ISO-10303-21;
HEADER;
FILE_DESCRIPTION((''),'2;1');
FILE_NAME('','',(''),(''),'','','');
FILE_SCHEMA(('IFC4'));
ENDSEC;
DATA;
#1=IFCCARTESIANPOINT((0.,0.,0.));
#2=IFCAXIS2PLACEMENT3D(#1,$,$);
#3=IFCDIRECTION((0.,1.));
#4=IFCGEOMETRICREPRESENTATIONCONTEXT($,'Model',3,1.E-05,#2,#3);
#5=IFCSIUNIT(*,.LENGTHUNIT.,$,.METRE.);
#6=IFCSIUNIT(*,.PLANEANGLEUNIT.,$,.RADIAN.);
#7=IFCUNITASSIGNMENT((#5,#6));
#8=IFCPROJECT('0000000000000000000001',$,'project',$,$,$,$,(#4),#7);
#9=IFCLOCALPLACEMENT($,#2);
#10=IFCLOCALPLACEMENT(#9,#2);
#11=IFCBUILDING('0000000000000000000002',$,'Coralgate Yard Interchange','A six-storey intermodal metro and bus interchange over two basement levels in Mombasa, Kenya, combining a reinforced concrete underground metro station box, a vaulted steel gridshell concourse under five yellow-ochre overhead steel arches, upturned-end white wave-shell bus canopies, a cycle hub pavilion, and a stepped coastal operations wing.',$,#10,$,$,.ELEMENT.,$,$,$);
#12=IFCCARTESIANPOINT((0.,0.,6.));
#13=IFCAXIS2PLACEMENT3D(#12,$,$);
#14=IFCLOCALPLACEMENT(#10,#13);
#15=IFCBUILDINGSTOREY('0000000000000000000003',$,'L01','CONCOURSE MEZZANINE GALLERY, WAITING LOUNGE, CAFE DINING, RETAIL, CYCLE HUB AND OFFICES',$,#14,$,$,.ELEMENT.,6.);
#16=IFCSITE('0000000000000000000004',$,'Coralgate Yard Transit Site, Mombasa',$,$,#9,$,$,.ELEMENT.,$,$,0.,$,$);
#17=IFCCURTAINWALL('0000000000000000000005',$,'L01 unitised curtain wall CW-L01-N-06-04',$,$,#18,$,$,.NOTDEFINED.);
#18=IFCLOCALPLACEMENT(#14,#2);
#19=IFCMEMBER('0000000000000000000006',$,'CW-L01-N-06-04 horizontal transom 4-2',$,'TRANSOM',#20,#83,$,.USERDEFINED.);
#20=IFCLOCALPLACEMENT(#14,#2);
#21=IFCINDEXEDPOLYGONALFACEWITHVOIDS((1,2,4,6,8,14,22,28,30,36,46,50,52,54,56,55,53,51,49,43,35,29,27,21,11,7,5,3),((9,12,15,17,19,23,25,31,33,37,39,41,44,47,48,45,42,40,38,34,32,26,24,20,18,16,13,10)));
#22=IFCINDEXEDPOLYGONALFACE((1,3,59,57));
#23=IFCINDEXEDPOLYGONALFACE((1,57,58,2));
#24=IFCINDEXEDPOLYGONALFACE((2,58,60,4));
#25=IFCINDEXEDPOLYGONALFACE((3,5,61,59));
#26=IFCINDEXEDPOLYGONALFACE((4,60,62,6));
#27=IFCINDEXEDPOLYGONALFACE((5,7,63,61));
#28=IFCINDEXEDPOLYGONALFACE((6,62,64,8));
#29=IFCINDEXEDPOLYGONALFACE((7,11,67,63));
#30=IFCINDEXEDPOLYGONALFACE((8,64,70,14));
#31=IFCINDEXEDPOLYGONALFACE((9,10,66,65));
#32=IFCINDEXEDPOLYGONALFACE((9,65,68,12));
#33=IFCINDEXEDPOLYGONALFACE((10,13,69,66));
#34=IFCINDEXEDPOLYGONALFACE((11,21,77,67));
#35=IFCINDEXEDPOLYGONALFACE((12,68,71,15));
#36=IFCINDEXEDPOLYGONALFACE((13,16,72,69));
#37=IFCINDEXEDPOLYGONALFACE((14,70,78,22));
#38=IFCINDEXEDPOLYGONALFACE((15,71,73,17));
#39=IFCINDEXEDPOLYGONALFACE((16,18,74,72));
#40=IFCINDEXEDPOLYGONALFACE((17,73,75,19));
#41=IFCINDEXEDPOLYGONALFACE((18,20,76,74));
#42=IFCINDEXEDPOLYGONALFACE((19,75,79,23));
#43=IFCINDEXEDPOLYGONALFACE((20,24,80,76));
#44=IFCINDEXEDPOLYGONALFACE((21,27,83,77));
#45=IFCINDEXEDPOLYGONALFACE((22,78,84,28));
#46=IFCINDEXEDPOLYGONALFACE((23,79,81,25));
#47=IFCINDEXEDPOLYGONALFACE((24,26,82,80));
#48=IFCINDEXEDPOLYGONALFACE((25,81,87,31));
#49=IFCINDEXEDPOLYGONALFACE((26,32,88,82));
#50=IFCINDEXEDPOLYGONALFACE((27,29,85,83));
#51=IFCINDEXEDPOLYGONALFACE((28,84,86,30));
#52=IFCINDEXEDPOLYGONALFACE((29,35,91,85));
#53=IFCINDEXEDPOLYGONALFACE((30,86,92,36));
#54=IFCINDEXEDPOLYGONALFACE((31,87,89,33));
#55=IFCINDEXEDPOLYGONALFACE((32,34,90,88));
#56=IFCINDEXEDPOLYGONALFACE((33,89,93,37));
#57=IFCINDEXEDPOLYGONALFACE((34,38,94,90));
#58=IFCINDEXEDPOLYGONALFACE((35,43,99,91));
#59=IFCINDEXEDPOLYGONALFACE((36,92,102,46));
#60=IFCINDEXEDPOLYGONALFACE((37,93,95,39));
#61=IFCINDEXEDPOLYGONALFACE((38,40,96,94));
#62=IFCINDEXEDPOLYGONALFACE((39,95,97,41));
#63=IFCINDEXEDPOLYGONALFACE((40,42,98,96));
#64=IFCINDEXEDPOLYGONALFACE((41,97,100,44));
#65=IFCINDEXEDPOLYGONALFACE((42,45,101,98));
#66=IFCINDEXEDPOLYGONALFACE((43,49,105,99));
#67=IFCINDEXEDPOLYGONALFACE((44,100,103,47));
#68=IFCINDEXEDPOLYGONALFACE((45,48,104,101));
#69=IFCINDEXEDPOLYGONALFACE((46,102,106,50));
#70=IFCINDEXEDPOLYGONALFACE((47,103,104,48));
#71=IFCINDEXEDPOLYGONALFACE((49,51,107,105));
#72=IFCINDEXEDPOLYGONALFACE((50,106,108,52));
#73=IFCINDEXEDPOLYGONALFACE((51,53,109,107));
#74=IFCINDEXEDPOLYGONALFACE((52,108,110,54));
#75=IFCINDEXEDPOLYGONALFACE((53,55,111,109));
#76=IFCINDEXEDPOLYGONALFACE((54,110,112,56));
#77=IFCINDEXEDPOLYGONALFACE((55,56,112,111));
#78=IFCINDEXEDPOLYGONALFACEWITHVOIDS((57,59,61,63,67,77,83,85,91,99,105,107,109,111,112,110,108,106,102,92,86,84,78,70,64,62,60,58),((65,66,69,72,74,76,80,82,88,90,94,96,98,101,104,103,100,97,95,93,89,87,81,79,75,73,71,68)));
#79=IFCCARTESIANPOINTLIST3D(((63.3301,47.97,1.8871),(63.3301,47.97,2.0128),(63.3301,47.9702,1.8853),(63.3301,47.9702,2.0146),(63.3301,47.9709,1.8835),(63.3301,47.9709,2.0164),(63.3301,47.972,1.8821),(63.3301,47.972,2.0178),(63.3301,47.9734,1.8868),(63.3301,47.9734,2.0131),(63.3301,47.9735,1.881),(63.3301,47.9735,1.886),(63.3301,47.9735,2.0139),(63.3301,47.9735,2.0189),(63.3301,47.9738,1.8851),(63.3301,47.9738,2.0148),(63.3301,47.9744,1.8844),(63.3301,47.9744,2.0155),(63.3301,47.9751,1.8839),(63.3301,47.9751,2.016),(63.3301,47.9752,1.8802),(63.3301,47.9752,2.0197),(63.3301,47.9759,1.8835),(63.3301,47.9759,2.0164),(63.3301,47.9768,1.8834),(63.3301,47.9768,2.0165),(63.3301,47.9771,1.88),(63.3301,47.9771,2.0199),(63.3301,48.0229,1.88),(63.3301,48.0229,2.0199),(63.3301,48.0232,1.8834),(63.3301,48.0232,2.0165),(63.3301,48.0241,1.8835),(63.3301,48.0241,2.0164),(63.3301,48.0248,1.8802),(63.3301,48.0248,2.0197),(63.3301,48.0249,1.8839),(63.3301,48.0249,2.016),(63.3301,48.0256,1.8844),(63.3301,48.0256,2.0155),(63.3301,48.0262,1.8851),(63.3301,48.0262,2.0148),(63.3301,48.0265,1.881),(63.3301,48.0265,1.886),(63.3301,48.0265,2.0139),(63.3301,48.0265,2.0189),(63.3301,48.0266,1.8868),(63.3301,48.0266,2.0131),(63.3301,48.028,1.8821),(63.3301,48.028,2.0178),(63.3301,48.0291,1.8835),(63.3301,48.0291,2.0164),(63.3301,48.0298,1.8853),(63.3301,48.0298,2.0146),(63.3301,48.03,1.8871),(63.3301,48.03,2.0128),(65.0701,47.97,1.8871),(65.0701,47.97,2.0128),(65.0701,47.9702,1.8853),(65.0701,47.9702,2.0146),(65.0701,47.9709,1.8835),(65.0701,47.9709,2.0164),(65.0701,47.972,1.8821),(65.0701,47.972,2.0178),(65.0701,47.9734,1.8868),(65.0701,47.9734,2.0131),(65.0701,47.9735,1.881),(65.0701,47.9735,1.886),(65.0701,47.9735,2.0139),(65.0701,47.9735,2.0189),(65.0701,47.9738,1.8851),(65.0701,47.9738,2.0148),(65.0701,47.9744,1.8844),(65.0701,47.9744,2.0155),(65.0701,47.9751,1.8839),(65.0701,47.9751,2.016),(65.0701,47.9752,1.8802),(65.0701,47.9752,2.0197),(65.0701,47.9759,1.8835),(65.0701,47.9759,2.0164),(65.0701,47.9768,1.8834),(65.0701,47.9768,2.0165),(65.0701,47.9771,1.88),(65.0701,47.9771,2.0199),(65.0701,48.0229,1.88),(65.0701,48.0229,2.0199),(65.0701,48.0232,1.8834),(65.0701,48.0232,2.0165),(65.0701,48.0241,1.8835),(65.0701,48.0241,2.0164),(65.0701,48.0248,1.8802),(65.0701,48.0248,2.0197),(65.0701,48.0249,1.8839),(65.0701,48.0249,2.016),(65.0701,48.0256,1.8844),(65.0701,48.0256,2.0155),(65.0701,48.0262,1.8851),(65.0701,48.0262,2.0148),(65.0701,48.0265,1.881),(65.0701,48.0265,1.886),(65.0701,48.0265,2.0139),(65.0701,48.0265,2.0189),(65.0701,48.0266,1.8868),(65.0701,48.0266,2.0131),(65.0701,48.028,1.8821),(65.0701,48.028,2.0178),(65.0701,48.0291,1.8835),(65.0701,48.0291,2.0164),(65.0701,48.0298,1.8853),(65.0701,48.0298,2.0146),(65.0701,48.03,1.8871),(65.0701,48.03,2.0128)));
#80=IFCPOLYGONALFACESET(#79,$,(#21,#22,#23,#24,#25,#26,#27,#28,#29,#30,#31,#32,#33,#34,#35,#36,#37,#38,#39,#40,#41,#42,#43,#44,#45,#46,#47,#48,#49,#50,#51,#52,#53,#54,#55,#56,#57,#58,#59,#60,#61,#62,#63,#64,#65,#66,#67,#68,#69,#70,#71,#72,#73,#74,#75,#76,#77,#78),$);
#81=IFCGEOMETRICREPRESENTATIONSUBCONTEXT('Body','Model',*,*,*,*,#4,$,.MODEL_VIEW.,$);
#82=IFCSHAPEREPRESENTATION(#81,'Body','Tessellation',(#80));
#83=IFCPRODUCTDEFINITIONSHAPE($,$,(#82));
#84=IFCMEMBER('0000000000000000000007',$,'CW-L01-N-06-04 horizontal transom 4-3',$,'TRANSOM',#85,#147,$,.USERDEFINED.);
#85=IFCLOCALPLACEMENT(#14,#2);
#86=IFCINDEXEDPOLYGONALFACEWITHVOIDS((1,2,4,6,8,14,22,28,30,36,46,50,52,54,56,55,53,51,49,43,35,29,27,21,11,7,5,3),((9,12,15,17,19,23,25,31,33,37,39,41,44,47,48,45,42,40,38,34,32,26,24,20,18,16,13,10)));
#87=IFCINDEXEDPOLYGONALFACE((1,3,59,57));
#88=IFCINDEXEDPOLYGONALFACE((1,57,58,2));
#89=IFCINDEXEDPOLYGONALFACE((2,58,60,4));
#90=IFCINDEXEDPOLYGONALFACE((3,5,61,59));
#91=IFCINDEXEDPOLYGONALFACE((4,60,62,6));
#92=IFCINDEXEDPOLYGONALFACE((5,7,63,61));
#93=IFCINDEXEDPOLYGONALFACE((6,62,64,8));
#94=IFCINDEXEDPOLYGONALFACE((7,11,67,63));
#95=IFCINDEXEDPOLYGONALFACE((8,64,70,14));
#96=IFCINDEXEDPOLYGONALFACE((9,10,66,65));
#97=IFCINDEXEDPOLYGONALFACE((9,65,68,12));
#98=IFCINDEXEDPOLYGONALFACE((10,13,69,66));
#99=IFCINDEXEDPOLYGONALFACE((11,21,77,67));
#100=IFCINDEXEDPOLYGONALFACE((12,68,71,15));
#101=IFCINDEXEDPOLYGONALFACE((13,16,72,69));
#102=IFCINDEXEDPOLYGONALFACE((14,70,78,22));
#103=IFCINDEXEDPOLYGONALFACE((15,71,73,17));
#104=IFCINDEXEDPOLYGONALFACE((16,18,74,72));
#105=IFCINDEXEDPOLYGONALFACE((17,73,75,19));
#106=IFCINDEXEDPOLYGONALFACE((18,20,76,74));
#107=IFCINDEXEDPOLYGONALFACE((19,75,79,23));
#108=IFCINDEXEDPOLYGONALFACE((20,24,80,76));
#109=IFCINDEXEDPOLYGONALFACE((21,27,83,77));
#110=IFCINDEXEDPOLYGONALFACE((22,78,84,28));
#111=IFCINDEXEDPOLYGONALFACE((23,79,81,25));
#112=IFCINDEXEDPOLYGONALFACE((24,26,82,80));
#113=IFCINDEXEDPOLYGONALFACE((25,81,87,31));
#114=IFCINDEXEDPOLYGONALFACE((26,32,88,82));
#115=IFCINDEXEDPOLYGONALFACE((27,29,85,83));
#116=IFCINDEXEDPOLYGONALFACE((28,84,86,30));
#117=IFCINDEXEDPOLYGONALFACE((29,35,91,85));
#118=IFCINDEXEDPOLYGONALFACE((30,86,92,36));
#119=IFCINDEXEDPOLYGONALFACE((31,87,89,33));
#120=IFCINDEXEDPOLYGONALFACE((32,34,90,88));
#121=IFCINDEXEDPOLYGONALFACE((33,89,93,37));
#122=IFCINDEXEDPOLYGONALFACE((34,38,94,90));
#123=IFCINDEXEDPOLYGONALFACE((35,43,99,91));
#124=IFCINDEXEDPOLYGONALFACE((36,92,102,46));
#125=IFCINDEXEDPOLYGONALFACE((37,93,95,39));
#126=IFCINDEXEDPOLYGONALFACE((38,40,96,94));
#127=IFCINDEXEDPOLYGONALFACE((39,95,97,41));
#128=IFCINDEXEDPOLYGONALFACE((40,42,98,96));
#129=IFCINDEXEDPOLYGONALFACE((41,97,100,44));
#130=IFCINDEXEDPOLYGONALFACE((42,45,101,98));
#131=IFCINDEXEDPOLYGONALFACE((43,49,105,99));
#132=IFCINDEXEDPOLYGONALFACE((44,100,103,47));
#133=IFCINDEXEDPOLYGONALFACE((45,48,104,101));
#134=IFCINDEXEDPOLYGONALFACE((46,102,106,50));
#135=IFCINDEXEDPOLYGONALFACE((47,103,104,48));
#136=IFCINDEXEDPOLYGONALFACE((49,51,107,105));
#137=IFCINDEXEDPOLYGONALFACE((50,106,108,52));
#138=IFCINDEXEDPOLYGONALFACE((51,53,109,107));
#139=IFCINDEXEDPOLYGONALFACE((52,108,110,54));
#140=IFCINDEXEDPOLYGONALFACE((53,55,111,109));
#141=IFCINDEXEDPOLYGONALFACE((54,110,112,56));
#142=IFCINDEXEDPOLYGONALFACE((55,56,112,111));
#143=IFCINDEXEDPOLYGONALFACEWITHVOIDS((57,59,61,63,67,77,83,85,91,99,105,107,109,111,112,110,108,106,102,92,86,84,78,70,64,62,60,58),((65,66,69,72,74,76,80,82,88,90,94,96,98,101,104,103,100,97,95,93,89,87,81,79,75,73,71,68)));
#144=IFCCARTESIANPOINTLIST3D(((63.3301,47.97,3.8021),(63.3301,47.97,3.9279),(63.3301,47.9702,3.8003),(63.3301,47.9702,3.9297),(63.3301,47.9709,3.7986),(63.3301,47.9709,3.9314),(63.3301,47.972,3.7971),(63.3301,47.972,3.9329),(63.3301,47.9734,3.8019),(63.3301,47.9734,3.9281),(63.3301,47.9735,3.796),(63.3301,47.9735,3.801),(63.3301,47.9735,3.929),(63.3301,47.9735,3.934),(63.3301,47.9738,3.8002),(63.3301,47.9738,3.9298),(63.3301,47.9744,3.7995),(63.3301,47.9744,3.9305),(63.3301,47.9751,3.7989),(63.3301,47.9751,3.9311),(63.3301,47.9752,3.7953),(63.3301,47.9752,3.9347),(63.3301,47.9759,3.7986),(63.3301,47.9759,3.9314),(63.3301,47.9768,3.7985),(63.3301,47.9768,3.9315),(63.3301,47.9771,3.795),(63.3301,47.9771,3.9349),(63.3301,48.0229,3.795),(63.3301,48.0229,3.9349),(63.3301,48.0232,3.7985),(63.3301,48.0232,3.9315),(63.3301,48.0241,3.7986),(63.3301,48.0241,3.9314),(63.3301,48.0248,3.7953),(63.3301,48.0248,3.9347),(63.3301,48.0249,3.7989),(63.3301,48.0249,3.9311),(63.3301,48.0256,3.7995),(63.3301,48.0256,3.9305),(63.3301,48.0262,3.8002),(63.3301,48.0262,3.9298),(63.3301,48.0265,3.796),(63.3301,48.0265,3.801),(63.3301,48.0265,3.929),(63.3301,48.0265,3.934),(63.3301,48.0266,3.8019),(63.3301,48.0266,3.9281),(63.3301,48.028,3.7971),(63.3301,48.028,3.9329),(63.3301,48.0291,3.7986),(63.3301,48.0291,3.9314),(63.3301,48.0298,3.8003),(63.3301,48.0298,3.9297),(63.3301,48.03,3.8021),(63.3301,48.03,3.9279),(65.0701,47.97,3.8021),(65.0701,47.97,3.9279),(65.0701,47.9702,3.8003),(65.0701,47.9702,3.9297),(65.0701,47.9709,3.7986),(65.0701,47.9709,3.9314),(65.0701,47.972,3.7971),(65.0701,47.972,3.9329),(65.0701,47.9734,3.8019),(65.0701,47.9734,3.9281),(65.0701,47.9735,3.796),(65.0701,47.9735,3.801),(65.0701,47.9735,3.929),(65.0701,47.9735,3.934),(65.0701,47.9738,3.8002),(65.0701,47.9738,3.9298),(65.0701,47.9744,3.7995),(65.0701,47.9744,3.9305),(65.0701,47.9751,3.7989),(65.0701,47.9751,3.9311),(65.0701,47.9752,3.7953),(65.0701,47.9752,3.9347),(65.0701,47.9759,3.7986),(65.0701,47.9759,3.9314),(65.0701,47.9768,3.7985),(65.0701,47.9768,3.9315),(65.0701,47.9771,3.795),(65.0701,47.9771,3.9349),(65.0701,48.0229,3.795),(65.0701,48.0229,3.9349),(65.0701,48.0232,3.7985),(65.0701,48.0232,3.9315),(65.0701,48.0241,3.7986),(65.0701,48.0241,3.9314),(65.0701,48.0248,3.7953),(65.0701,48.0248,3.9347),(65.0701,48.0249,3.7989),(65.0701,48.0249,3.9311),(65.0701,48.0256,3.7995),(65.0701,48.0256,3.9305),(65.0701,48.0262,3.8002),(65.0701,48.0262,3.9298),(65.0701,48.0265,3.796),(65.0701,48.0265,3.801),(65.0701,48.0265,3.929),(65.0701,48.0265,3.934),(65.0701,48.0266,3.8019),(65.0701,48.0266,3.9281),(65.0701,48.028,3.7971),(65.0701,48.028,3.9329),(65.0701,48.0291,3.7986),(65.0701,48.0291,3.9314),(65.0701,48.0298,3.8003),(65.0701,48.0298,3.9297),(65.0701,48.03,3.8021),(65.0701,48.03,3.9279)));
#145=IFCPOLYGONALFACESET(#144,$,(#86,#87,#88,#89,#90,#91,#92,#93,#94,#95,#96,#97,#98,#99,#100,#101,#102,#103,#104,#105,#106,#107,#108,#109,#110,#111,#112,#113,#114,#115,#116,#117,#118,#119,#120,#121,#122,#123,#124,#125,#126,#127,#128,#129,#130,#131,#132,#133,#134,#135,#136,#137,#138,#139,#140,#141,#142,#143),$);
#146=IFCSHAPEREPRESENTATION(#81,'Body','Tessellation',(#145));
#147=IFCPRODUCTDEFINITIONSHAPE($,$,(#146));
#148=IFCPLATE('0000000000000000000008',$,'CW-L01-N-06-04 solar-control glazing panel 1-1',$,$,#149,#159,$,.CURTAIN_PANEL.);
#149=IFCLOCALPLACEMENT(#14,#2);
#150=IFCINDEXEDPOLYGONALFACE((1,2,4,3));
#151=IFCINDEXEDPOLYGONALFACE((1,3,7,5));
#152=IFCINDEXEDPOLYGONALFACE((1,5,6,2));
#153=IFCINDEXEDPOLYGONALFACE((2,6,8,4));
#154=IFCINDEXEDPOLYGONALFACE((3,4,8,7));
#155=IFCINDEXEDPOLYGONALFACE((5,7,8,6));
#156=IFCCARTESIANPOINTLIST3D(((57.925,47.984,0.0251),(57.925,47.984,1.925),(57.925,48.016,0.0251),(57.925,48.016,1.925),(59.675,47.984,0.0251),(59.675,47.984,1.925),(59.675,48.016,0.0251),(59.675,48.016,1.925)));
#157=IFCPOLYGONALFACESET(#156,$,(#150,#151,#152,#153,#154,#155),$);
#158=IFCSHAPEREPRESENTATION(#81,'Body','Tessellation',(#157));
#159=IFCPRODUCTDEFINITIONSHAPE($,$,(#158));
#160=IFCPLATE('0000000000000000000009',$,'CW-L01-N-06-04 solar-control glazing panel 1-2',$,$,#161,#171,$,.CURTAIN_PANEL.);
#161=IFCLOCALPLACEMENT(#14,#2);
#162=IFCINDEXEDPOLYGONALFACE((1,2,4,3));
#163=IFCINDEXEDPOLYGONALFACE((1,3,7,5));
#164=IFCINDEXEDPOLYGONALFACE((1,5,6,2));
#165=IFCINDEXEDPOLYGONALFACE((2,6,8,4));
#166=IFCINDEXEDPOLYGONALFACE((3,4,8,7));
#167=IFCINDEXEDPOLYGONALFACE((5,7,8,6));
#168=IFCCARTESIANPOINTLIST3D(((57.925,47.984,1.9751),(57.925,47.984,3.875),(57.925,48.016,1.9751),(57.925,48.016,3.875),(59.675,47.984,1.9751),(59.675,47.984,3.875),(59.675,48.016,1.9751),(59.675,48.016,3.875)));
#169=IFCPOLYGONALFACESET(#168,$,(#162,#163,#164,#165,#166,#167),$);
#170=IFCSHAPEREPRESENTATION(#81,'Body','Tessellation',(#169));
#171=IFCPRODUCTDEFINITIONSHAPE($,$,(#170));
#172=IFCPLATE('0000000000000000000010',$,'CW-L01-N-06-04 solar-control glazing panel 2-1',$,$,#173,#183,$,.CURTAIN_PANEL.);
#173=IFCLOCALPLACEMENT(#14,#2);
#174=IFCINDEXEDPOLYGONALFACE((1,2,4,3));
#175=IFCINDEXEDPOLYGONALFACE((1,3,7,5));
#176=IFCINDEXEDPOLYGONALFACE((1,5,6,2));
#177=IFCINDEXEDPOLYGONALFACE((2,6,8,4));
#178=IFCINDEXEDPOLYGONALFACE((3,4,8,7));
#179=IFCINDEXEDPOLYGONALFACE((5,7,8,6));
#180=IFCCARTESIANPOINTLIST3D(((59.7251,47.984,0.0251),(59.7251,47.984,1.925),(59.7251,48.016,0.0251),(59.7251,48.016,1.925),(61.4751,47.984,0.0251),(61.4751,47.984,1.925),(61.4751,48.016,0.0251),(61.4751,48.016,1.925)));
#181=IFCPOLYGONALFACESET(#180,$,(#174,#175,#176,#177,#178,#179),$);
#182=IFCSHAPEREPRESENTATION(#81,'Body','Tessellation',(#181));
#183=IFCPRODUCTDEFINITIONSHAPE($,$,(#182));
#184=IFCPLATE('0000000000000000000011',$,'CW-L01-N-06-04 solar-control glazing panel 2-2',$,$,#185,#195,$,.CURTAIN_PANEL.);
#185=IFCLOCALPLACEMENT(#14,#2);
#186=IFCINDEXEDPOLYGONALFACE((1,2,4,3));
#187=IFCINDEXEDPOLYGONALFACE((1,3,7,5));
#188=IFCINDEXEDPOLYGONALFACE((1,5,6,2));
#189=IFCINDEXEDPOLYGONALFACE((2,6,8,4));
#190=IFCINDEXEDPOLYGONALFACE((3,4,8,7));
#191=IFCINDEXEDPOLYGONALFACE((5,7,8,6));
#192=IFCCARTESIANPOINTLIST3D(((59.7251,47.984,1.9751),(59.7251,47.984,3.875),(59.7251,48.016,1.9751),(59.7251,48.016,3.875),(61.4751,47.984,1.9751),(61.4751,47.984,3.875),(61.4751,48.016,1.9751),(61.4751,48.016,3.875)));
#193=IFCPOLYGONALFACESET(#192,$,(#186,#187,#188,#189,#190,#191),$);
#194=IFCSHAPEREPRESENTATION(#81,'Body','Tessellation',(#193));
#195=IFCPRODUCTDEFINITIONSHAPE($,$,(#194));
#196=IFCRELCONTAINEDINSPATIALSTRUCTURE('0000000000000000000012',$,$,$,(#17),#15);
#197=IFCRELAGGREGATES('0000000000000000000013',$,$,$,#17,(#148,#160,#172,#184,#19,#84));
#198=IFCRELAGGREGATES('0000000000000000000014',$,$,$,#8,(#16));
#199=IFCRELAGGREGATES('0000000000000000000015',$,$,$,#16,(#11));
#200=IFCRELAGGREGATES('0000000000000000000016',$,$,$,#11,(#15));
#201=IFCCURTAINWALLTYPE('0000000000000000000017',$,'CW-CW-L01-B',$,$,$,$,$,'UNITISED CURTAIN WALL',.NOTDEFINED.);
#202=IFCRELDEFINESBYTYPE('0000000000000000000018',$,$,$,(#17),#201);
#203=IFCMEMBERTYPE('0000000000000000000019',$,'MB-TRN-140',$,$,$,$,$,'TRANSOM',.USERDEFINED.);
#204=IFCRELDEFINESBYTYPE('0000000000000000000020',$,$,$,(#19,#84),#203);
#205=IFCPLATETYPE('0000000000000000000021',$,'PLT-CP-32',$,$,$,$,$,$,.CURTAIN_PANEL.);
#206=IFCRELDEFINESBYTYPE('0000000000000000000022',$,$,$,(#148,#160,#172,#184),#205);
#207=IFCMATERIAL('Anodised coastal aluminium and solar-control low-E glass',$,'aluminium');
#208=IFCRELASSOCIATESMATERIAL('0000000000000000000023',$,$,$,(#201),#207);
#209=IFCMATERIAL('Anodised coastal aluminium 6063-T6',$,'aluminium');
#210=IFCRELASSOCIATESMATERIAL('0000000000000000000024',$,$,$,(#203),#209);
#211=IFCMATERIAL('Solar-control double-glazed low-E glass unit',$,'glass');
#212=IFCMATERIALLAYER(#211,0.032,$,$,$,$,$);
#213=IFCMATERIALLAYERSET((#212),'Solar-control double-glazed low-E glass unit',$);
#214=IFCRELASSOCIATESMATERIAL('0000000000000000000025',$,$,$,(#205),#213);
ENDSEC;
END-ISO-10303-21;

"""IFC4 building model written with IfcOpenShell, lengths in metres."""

from ifc_helpers import new_model, si_unit, direction, frame, origin, origin_2d, place, context, subcontext, project, spatial, rectangle, hollow_rectangle, extrude, material, layer, layer_set, material_profile, profile_set, type_object, element, aggregate, save


model = new_model("IFC4")

# Units and contexts
model_context = context("Model", 3, precision=1e-05, world=origin(), true_north=direction((0.0, 1.0)))
body_context = subcontext(model_context, "Body", "Model", "MODEL_VIEW")
ifc_project = project(units=[si_unit("LENGTHUNIT", "METRE"), si_unit("PLANEANGLEUNIT", "RADIAN")], contexts=[model_context])

# Site, building, storey
site_placement = place(None, origin())
site = spatial("IfcSite", under=ifc_project, at=site_placement, Name="Coralgate Yard Transit Site, Mombasa", CompositionType="ELEMENT", RefElevation=0.0)
building_placement = place(site_placement, origin())
building = spatial("IfcBuilding", under=site, at=building_placement, Name="Coralgate Yard Interchange", Description="A six-storey intermodal metro and bus interchange over two basement levels in Mombasa, Kenya, combining a reinforced concrete underground metro station box, a vaulted steel gridshell concourse under five yellow-ochre overhead steel arches, upturned-end white wave-shell bus canopies, a cycle hub pavilion, and a stepped coastal operations wing.", CompositionType="ELEMENT")
storey_placement = place(building_placement, frame((0.0, 0.0, 6.0)))
storey = spatial("IfcBuildingStorey", under=building, at=storey_placement, Name="L01", Description="CONCOURSE MEZZANINE GALLERY, WAITING LOUNGE, CAFE DINING, RETAIL, CYCLE HUB AND OFFICES", CompositionType="ELEMENT", Elevation=6.0)

# Shared definitions
ifc_material_1 = material(Name="Anodised coastal aluminium and solar-control low-E glass", Category="aluminium")
curtain_wall_type = type_object("IfcCurtainWallType", Name="CW-CW-L01-B", ElementType="UNITISED CURTAIN WALL", PredefinedType="NOTDEFINED", material=ifc_material_1)
ifc_material_2 = material(Name="Anodised coastal aluminium 6063-T6", Category="aluminium")

# Curtain wall, members, plates
curtain_wall_1_placement = place(storey_placement, origin())
curtain_wall_1 = element("IfcCurtainWall", 1, at=curtain_wall_1_placement, inside=storey, type_object=curtain_wall_type, Name="L01 unitised curtain wall CW-L01-N-06-04", PredefinedType="NOTDEFINED")
ifc_material_profile_1 = material_profile(ifc_material_2, hollow_rectangle(XDim=0.0601, YDim=0.1399, WallThickness=0.0034, InnerFilletRadius=0.0034, OuterFilletRadius=0.0071, at=origin_2d()), Name="ALU 60x140x3.5")
ifc_profile_set_1 = profile_set([ifc_material_profile_1], Name="Anodised coastal aluminium 6063-T6")
member_type_1 = type_object("IfcMemberType", Name="MB-TRN-140", ElementType="TRANSOM", PredefinedType="USERDEFINED", material=ifc_profile_set_1)
member_1_placement = place(storey_placement, frame((63.3301, 48.0, 1.95), z_axis=(1.0, 0.0, 0.0), x_axis=(0.0, 1.0, 0.0)))
member_1 = element("IfcMember", 2, at=member_1_placement, type_object=member_type_1, Name="CW-L01-N-06-04 horizontal transom 4-2", ObjectType="TRANSOM", PredefinedType="USERDEFINED", context=body_context, shape_type="SweptSolid", body=[
    extrude(hollow_rectangle(XDim=0.0601, YDim=0.1399, WallThickness=0.0034, InnerFilletRadius=0.0034, OuterFilletRadius=0.0071, at=origin_2d()), origin(), (0.0, 0.0, 1.0), 1.74),
])
member_2_placement = place(storey_placement, frame((63.3301, 48.0, 3.865), z_axis=(1.0, 0.0, 0.0), x_axis=(0.0, 1.0, 0.0)))
member_2 = element("IfcMember", 3, at=member_2_placement, type_object=member_type_1, Name="CW-L01-N-06-04 horizontal transom 4-3", ObjectType="TRANSOM", PredefinedType="USERDEFINED", context=body_context, shape_type="SweptSolid", body=[
    extrude(hollow_rectangle(XDim=0.0601, YDim=0.1399, WallThickness=0.0034, InnerFilletRadius=0.0034, OuterFilletRadius=0.0071, at=origin_2d()), origin(), (0.0, 0.0, 1.0), 1.74),
])
ifc_material_3 = material(Name="Solar-control double-glazed low-E glass unit", Category="glass")
ifc_layer = layer(ifc_material_3, 0.032)
ifc_layer_set = layer_set([ifc_layer], Name="Solar-control double-glazed low-E glass unit")
plate_type = type_object("IfcPlateType", Name="PLT-CP-32", PredefinedType="CURTAIN_PANEL", material=ifc_layer_set)
plate_1_placement = place(storey_placement, frame((58.8, 48.0, 0.0251), z_axis=(0.0, 0.0, 1.0), x_axis=(1.0, 0.0, 0.0)))
plate_1 = element("IfcPlate", 4, at=plate_1_placement, type_object=plate_type, Name="CW-L01-N-06-04 solar-control glazing panel 1-1", PredefinedType="CURTAIN_PANEL", context=body_context, shape_type="SweptSolid", body=[
    extrude(rectangle(XDim=1.75, YDim=0.032, at=origin_2d()), origin(), (0.0, 0.0, 1.0), 1.8999),
])
plate_2_placement = place(storey_placement, frame((58.8, 48.0, 1.9751), z_axis=(0.0, 0.0, 1.0), x_axis=(1.0, 0.0, 0.0)))
plate_2 = element("IfcPlate", 5, at=plate_2_placement, type_object=plate_type, Name="CW-L01-N-06-04 solar-control glazing panel 1-2", PredefinedType="CURTAIN_PANEL", context=body_context, shape_type="SweptSolid", body=[
    extrude(rectangle(XDim=1.75, YDim=0.032, at=origin_2d()), origin(), (0.0, 0.0, 1.0), 1.8999),
])
plate_3_placement = place(storey_placement, frame((60.6001, 48.0, 0.0251), z_axis=(0.0, 0.0, 1.0), x_axis=(1.0, 0.0, 0.0)))
plate_3 = element("IfcPlate", 6, at=plate_3_placement, type_object=plate_type, Name="CW-L01-N-06-04 solar-control glazing panel 2-1", PredefinedType="CURTAIN_PANEL", context=body_context, shape_type="SweptSolid", body=[
    extrude(rectangle(XDim=1.75, YDim=0.032, at=origin_2d()), origin(), (0.0, 0.0, 1.0), 1.8999),
])
plate_4_placement = place(storey_placement, frame((60.6001, 48.0, 1.9751), z_axis=(0.0, 0.0, 1.0), x_axis=(1.0, 0.0, 0.0)))
plate_4 = element("IfcPlate", 7, at=plate_4_placement, type_object=plate_type, Name="CW-L01-N-06-04 solar-control glazing panel 2-2", PredefinedType="CURTAIN_PANEL", context=body_context, shape_type="SweptSolid", body=[
    extrude(rectangle(XDim=1.75, YDim=0.032, at=origin_2d()), origin(), (0.0, 0.0, 1.0), 1.8999),
])
aggregate(curtain_wall_1, [plate_1, plate_2, plate_3, plate_4, member_1, member_2])

save(model, "model.ifc")
